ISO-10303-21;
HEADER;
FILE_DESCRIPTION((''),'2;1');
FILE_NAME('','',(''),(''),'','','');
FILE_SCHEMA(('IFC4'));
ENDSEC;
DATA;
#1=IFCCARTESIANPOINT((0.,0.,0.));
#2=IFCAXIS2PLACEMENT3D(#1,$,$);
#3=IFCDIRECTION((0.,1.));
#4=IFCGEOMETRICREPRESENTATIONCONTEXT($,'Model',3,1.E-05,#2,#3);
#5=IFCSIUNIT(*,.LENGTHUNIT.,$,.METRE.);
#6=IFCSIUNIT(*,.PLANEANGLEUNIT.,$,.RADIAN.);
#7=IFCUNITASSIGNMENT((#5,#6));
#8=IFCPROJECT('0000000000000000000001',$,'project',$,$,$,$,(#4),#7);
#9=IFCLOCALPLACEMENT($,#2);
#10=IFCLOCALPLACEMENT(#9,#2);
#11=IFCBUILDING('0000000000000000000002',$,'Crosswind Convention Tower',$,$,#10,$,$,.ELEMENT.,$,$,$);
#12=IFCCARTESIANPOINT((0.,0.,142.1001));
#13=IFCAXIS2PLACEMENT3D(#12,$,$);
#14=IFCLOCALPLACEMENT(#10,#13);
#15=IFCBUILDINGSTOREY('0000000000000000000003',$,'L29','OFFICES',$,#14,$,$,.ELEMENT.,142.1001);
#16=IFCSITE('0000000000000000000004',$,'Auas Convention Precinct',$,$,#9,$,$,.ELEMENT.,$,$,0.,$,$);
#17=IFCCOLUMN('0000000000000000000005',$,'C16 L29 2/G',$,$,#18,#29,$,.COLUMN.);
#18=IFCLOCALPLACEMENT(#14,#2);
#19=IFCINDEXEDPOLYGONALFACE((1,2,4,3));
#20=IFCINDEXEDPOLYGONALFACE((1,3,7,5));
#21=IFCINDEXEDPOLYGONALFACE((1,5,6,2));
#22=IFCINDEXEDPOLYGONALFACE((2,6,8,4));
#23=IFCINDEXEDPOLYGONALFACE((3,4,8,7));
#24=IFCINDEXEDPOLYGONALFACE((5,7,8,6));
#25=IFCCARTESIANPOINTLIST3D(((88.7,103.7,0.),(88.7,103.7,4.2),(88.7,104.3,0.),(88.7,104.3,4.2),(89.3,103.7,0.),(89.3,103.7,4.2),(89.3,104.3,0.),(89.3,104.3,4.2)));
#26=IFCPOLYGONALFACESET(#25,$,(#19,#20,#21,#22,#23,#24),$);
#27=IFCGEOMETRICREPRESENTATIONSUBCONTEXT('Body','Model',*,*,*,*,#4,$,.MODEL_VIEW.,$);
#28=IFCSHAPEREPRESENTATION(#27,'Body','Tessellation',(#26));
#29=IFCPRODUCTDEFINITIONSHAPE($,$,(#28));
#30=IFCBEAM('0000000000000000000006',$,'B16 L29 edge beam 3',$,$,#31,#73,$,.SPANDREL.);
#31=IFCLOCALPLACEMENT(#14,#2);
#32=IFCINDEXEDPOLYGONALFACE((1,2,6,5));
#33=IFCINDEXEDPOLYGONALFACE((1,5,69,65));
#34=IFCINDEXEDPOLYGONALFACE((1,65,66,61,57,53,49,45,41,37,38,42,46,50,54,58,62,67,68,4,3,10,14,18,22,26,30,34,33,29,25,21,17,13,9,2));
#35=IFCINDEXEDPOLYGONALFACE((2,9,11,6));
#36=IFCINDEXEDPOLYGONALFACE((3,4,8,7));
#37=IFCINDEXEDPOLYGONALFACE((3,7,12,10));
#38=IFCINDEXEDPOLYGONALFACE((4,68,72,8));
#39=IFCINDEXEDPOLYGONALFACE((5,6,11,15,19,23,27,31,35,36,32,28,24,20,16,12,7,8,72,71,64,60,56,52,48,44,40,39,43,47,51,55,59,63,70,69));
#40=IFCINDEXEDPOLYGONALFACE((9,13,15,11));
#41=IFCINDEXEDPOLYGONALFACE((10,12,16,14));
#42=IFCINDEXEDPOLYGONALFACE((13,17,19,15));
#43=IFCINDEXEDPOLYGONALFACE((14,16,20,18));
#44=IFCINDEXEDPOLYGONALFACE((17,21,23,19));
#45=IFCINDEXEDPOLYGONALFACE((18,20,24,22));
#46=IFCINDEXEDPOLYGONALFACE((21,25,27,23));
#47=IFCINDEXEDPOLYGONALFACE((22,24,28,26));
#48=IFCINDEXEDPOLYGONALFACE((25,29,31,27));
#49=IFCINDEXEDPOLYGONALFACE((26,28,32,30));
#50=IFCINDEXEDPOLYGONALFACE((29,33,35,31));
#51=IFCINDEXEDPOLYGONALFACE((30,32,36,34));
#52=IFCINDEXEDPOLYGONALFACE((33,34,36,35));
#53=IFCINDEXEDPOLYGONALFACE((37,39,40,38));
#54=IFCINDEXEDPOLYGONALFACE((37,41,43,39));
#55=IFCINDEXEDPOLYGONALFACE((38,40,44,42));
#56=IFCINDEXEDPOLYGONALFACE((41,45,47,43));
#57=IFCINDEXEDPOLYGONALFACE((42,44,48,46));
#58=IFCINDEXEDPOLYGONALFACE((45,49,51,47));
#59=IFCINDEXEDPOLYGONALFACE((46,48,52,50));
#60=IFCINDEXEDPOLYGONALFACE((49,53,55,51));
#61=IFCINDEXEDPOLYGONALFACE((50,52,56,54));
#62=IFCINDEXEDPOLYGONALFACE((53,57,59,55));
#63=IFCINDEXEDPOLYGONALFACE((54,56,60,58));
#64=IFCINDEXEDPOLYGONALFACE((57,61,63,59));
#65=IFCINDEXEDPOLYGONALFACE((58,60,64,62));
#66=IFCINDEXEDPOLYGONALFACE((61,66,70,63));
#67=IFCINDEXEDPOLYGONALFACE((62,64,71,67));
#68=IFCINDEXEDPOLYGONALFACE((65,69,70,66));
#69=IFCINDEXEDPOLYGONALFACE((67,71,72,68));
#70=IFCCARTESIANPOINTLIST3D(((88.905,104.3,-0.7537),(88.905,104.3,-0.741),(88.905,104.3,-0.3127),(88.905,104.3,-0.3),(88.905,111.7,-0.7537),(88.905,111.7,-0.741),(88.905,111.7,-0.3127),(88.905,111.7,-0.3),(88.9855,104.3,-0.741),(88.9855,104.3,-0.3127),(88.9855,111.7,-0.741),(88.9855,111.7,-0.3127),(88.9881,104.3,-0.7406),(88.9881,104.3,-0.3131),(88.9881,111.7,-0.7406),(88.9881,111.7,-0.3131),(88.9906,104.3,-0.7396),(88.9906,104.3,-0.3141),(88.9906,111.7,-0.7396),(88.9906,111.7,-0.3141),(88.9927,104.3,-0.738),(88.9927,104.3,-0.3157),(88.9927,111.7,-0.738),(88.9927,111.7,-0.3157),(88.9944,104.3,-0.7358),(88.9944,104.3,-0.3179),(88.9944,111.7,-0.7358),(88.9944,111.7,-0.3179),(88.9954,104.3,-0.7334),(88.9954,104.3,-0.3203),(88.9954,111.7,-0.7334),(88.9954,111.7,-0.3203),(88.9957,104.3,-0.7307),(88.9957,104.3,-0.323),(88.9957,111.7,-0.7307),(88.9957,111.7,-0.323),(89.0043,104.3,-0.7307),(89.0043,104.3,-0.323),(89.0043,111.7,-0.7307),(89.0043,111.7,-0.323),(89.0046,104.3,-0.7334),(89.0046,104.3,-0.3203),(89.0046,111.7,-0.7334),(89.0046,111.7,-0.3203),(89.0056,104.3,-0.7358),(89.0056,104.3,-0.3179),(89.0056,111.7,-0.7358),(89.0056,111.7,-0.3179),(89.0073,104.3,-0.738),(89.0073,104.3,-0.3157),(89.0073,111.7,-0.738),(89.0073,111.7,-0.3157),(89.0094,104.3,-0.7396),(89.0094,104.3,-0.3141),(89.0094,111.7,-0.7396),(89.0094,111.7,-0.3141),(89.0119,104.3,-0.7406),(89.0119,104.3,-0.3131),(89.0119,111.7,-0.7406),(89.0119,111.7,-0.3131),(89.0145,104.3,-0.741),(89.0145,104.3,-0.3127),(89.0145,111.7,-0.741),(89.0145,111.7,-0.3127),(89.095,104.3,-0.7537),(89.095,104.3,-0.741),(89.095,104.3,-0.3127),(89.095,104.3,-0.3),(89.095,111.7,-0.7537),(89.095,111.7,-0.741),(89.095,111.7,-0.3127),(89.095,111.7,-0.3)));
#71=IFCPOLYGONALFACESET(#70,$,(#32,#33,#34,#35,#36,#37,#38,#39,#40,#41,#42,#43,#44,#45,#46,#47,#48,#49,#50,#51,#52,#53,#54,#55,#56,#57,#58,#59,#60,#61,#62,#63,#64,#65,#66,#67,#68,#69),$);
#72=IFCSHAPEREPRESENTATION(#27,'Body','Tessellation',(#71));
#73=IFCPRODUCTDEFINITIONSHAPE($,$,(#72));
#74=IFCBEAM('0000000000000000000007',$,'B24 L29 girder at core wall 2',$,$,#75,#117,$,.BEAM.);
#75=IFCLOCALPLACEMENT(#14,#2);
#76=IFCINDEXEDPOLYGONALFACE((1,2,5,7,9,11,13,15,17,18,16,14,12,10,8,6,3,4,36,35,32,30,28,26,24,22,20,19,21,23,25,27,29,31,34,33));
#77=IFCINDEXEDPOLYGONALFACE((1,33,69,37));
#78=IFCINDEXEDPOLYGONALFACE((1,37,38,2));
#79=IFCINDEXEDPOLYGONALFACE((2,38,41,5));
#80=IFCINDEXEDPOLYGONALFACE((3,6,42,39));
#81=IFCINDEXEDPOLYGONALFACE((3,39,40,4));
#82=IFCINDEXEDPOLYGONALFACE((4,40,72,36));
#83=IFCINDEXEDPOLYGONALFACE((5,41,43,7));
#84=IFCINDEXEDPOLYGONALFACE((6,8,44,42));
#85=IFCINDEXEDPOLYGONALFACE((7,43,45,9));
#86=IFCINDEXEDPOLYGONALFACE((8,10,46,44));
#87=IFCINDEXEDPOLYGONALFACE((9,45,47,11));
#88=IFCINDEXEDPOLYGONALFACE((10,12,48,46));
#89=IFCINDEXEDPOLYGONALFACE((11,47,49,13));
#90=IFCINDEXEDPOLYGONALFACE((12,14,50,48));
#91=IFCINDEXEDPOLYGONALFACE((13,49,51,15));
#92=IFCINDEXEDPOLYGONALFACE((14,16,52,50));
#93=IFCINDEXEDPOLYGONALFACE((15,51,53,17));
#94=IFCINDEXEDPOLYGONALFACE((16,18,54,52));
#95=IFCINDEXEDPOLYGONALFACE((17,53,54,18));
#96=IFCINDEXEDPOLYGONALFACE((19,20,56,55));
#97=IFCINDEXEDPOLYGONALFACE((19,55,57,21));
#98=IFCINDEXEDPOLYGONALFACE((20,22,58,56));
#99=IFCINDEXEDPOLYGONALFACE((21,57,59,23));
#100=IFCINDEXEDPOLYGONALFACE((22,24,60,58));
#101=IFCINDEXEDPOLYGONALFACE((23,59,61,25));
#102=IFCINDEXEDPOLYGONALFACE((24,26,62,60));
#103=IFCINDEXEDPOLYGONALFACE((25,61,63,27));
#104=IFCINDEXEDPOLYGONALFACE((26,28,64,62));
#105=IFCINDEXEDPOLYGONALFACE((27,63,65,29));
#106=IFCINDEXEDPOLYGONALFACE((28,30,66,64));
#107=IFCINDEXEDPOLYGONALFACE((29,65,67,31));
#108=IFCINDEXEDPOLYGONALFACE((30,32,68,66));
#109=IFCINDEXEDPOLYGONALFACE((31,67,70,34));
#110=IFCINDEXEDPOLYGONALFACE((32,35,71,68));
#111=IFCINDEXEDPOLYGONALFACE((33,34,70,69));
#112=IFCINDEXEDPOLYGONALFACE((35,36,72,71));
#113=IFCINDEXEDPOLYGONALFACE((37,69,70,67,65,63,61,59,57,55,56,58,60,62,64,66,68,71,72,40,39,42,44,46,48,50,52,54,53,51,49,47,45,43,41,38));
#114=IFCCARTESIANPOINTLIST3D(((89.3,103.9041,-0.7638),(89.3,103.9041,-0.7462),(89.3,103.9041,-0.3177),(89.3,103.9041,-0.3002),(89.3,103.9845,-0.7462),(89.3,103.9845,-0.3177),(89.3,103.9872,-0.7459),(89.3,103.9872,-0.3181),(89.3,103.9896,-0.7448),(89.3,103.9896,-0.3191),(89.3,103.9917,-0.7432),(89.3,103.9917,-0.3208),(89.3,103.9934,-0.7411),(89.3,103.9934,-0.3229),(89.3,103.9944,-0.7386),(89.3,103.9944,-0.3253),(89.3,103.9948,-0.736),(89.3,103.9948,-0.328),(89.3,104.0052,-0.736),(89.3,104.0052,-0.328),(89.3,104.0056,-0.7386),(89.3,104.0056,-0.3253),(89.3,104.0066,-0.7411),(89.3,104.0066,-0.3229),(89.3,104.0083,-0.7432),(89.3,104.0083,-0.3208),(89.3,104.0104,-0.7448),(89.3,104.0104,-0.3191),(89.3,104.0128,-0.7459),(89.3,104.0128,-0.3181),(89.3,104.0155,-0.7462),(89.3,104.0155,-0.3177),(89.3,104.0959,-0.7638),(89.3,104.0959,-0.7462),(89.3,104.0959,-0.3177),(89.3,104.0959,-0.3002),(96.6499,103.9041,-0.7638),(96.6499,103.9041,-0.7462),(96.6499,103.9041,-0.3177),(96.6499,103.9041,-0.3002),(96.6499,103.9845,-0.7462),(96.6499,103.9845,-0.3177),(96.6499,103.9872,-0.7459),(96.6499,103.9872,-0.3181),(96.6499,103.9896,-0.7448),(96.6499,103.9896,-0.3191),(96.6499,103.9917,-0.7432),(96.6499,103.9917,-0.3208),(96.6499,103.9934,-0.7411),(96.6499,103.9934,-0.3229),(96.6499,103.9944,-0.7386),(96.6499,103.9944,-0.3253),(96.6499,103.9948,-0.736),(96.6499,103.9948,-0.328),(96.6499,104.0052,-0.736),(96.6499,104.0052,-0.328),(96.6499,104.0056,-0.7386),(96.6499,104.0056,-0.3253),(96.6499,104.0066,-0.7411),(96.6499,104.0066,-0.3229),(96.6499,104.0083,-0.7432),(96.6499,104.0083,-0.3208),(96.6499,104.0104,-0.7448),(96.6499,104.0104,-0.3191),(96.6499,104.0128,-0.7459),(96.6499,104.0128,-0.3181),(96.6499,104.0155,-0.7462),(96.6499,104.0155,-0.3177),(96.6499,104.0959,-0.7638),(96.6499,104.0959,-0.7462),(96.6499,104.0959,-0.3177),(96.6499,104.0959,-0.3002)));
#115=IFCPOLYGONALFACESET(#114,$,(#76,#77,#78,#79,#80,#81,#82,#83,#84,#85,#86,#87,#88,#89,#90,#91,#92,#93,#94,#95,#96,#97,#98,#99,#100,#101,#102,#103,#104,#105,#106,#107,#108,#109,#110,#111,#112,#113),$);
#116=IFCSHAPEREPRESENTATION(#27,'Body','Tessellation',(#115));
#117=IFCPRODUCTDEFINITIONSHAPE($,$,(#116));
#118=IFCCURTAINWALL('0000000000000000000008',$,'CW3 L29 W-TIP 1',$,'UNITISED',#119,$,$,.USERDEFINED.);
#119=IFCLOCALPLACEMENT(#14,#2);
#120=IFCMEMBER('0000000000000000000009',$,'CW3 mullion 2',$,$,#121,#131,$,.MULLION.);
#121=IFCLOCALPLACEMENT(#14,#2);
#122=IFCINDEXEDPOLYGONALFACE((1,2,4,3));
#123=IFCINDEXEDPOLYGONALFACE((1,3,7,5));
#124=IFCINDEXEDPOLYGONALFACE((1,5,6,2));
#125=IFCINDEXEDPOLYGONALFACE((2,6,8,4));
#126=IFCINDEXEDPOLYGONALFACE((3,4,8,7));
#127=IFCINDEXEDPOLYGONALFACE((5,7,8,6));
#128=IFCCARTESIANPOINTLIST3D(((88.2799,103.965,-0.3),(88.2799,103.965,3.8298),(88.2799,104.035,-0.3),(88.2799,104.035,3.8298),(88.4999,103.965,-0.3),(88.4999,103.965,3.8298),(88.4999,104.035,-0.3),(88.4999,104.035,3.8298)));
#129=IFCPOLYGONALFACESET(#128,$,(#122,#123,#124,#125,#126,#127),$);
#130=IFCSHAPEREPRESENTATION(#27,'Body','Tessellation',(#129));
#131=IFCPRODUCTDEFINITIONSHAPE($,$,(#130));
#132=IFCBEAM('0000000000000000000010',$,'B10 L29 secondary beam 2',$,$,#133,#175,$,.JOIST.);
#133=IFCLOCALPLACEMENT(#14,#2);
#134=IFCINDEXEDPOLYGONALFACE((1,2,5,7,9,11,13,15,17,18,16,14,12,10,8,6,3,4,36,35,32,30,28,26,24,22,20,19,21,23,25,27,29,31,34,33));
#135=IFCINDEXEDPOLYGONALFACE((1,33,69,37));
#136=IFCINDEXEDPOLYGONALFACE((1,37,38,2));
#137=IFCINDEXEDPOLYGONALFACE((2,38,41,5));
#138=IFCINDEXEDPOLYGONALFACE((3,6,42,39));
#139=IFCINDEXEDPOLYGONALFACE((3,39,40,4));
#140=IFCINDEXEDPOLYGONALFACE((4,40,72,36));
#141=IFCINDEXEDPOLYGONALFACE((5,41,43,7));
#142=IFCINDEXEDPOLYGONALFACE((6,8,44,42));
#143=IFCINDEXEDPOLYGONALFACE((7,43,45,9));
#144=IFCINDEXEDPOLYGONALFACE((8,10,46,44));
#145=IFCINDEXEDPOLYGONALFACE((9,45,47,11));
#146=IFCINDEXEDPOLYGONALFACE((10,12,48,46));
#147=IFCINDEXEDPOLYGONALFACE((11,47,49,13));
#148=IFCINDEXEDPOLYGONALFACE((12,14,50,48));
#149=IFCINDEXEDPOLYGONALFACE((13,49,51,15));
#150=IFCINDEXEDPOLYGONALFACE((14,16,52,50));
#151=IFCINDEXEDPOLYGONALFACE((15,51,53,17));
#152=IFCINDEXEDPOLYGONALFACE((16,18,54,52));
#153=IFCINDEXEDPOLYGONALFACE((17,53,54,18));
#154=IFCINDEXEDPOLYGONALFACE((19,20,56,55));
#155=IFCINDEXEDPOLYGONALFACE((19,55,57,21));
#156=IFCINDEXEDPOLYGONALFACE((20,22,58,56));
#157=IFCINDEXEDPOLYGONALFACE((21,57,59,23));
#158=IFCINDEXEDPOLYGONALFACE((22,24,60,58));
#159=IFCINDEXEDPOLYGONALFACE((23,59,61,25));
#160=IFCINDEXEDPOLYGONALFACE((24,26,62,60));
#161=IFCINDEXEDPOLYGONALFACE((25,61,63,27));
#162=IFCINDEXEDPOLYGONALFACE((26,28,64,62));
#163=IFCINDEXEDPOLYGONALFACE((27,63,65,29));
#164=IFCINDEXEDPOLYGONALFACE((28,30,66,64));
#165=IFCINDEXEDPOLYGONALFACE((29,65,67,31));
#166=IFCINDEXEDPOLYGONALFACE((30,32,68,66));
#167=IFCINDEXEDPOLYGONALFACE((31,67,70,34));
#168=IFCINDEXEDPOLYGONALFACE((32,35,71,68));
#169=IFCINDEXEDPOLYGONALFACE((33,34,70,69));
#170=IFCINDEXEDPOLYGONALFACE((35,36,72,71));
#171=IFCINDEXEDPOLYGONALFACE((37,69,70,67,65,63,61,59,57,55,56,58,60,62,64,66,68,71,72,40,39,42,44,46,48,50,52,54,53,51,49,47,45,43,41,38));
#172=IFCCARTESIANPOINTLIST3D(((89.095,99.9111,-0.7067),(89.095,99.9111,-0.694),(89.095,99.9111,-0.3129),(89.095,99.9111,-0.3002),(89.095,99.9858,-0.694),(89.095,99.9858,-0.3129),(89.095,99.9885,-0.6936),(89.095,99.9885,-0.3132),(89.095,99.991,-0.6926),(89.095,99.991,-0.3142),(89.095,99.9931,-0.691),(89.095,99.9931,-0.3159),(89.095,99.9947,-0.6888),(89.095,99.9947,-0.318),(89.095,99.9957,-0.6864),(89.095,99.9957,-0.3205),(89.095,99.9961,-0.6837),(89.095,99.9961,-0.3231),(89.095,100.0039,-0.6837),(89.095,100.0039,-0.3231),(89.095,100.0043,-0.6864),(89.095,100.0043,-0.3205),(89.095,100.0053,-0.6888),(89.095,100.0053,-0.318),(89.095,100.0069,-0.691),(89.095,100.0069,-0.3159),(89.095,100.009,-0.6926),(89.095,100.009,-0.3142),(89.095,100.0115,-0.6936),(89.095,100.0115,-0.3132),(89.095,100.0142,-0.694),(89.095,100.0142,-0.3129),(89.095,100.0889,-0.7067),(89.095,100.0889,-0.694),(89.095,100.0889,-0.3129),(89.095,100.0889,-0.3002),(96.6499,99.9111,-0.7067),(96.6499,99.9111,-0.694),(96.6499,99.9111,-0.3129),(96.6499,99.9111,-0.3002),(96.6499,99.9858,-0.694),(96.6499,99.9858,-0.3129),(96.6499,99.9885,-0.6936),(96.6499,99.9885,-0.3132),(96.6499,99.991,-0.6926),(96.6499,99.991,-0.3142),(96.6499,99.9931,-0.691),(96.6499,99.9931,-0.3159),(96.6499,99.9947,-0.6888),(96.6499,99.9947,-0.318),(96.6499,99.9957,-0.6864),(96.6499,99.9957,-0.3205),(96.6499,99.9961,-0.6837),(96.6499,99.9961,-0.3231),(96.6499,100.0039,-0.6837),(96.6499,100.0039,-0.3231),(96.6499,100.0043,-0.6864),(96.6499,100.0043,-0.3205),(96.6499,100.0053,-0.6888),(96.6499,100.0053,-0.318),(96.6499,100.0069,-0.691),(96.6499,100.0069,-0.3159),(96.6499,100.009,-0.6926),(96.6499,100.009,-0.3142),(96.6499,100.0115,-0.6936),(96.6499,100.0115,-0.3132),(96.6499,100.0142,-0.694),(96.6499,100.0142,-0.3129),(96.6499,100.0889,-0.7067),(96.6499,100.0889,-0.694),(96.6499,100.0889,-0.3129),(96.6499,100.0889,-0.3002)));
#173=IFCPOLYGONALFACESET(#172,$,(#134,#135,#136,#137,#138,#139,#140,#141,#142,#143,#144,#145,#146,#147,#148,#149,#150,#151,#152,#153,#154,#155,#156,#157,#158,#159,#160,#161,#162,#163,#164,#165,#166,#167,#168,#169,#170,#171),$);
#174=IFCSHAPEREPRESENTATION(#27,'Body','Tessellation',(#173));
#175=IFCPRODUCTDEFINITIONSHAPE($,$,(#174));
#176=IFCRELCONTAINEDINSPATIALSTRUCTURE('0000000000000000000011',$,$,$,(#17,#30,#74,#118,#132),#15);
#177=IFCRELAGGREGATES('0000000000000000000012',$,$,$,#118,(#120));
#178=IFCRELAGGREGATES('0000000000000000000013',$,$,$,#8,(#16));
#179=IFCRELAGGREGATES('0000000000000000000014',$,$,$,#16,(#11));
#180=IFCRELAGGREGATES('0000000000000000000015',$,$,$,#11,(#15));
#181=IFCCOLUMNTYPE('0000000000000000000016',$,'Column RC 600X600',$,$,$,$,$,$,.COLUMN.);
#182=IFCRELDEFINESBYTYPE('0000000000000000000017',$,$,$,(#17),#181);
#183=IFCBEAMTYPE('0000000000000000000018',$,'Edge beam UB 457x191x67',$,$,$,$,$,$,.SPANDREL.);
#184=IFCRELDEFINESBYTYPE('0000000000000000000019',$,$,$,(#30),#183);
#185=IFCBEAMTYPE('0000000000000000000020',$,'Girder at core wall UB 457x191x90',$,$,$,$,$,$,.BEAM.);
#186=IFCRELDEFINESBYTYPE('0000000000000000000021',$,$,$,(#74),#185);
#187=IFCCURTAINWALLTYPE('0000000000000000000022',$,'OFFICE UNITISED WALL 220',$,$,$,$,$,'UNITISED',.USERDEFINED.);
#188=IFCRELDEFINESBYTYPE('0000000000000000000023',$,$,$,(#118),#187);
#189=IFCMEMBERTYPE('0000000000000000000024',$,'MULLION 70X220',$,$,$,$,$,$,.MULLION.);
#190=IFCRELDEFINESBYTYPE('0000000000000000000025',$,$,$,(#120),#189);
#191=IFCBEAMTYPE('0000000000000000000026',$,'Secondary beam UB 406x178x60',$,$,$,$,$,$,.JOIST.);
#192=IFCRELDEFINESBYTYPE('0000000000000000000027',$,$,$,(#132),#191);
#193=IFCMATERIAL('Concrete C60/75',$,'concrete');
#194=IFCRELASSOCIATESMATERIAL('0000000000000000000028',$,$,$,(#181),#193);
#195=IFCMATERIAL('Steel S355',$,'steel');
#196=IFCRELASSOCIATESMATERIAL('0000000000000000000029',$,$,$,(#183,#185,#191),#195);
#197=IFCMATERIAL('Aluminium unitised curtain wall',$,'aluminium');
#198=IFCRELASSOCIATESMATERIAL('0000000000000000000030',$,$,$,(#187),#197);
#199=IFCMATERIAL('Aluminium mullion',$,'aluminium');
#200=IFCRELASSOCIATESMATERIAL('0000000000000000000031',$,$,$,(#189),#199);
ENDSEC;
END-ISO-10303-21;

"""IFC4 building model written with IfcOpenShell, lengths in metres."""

from ifc_helpers import new_model, si_unit, direction, frame, origin, origin_2d, place, context, subcontext, project, spatial, rectangle, i_section, extrude, material, material_profile, profile_set, type_object, element, aggregate, save


model = new_model("IFC4")

# Units and contexts
model_context = context("Model", 3, precision=1e-05, world=origin(), true_north=direction((0.0, 1.0)))
body_context = subcontext(model_context, "Body", "Model", "MODEL_VIEW")
ifc_project = project(units=[si_unit("LENGTHUNIT", "METRE"), si_unit("PLANEANGLEUNIT", "RADIAN")], contexts=[model_context])

# Site, building, storey
site_placement = place(None, origin())
site = spatial("IfcSite", under=ifc_project, at=site_placement, Name="Auas Convention Precinct", CompositionType="ELEMENT", RefElevation=0.0)
building_placement = place(site_placement, origin())
building = spatial("IfcBuilding", under=site, at=building_placement, Name="Crosswind Convention Tower", CompositionType="ELEMENT")
storey_placement = place(building_placement, frame((0.0, 0.0, 142.1001)))
storey = spatial("IfcBuildingStorey", under=building, at=storey_placement, Name="L29", Description="OFFICES", CompositionType="ELEMENT", Elevation=142.1001)

# Column
ifc_material_1 = material(Name="Concrete C60/75", Category="concrete")
ifc_material_profile_1 = material_profile(ifc_material_1, rectangle(XDim=0.6001, YDim=0.6001, at=origin_2d()), Name="RC 600X600")
ifc_profile_set_1 = profile_set([ifc_material_profile_1], Name="Concrete C60/75")
column_type = type_object("IfcColumnType", Name="Column RC 600X600", PredefinedType="COLUMN", material=ifc_profile_set_1)
column_placement = place(storey_placement, frame((89.0, 104.0, 0.0), z_axis=(0.0, 0.0, 1.0), x_axis=(1.0, 0.0, 0.0)))
element("IfcColumn", 1, at=column_placement, inside=storey, type_object=column_type, Name="C16 L29 2/G", PredefinedType="COLUMN", context=body_context, shape_type="SweptSolid", body=[
    extrude(rectangle(XDim=0.6001, YDim=0.6001, at=origin_2d()), origin(), (0.0, 0.0, 1.0), 4.2),
])

# Beams
ifc_material_2 = material(Name="Steel S355", Category="steel")
ifc_material_profile_2 = material_profile(ifc_material_2, i_section(OverallWidth=0.1899, OverallDepth=0.4536, WebThickness=0.0085, FlangeThickness=0.0127, FilletRadius=0.0103, at=origin_2d()), Name="UB 457x191x67")
ifc_profile_set_2 = profile_set([ifc_material_profile_2], Name="Steel S355")
beam_type_1 = type_object("IfcBeamType", Name="Edge beam UB 457x191x67", PredefinedType="SPANDREL", material=ifc_profile_set_2)
beam_1_placement = place(storey_placement, frame((89.0, 104.3, -0.5269), z_axis=(0.0, 1.0, 0.0), x_axis=(-1.0, 0.0, 0.0)))
element("IfcBeam", 2, at=beam_1_placement, inside=storey, type_object=beam_type_1, Name="B16 L29 edge beam 3", PredefinedType="SPANDREL", context=body_context, shape_type="SweptSolid", body=[
    extrude(i_section(OverallWidth=0.1899, OverallDepth=0.4536, WebThickness=0.0085, FlangeThickness=0.0127, FilletRadius=0.0103, at=origin_2d()), origin(), (0.0, 0.0, 1.0), 7.3999),
])
ifc_material_profile_3 = material_profile(ifc_material_2, i_section(OverallWidth=0.1919, OverallDepth=0.4636, WebThickness=0.0105, FlangeThickness=0.0176, FilletRadius=0.0103, at=origin_2d()), Name="UB 457x191x90")
ifc_profile_set_3 = profile_set([ifc_material_profile_3], Name="Steel S355")
beam_type_2 = type_object("IfcBeamType", Name="Girder at core wall UB 457x191x90", PredefinedType="BEAM", material=ifc_profile_set_3)
beam_2_placement = place(storey_placement, frame((89.3, 104.0, -0.532), z_axis=(1.0, 0.0, 0.0), x_axis=(0.0, 1.0, 0.0)))
element("IfcBeam", 3, at=beam_2_placement, inside=storey, type_object=beam_type_2, Name="B24 L29 girder at core wall 2", PredefinedType="BEAM", context=body_context, shape_type="SweptSolid", body=[
    extrude(i_section(OverallWidth=0.1919, OverallDepth=0.4636, WebThickness=0.0105, FlangeThickness=0.0176, FilletRadius=0.0103, at=origin_2d()), origin(), (0.0, 0.0, 1.0), 7.3499),
])

# Curtain wall, member
ifc_material_3 = material(Name="Aluminium unitised curtain wall", Category="aluminium")
curtain_wall_type = type_object("IfcCurtainWallType", Name="OFFICE UNITISED WALL 220", ElementType="UNITISED", PredefinedType="USERDEFINED", material=ifc_material_3)
curtain_wall_placement = place(storey_placement, origin())
curtain_wall = element("IfcCurtainWall", 4, at=curtain_wall_placement, inside=storey, type_object=curtain_wall_type, Name="CW3 L29 W-TIP 1", ObjectType="UNITISED", PredefinedType="USERDEFINED")
ifc_material_4 = material(Name="Aluminium mullion", Category="aluminium")
ifc_material_profile_4 = material_profile(ifc_material_4, rectangle(XDim=0.22, YDim=0.0701, at=origin_2d()), Name="AL 220X70")
ifc_profile_set_4 = profile_set([ifc_material_profile_4], Name="Aluminium mullion")
member_type = type_object("IfcMemberType", Name="MULLION 70X220", PredefinedType="MULLION", material=ifc_profile_set_4)
member_placement = place(storey_placement, frame((88.3899, 104.0, -0.3), z_axis=(0.0, 0.0, 1.0), x_axis=(-1.0, 0.0, 0.0)))
member = element("IfcMember", 5, at=member_placement, type_object=member_type, Name="CW3 mullion 2", PredefinedType="MULLION", context=body_context, shape_type="SweptSolid", body=[
    extrude(rectangle(XDim=0.22, YDim=0.0701, at=origin_2d()), origin(), (0.0, 0.0, 1.0), 4.1299),
])

# Beam
ifc_material_profile_5 = material_profile(ifc_material_2, i_section(OverallWidth=0.1777, OverallDepth=0.4065, WebThickness=0.0078, FlangeThickness=0.0127, FilletRadius=0.0103, at=origin_2d()), Name="UB 406x178x60")
ifc_profile_set_5 = profile_set([ifc_material_profile_5], Name="Steel S355")
beam_type_3 = type_object("IfcBeamType", Name="Secondary beam UB 406x178x60", PredefinedType="JOIST", material=ifc_profile_set_5)
for number, where, z_axis, x_axis, name in (
    (6, (89.095, 100.0, -0.5034), (1.0, 0.0, 0.0), (0.0, 1.0, 0.0), "B10 L29 secondary beam 2"),
):
    element("IfcBeam", number, at=place(storey_placement, frame(where, z_axis=z_axis, x_axis=x_axis)), inside=storey, type_object=beam_type_3, Name=name, PredefinedType="JOIST", context=body_context, shape_type="SweptSolid", body=[
        extrude(i_section(OverallWidth=0.1777, OverallDepth=0.4065, WebThickness=0.0078, FlangeThickness=0.0127, FilletRadius=0.0103, at=origin_2d()), origin(), (0.0, 0.0, 1.0), 7.5549),
    ])

aggregate(curtain_wall, [member])

save(model, "model.ifc")
